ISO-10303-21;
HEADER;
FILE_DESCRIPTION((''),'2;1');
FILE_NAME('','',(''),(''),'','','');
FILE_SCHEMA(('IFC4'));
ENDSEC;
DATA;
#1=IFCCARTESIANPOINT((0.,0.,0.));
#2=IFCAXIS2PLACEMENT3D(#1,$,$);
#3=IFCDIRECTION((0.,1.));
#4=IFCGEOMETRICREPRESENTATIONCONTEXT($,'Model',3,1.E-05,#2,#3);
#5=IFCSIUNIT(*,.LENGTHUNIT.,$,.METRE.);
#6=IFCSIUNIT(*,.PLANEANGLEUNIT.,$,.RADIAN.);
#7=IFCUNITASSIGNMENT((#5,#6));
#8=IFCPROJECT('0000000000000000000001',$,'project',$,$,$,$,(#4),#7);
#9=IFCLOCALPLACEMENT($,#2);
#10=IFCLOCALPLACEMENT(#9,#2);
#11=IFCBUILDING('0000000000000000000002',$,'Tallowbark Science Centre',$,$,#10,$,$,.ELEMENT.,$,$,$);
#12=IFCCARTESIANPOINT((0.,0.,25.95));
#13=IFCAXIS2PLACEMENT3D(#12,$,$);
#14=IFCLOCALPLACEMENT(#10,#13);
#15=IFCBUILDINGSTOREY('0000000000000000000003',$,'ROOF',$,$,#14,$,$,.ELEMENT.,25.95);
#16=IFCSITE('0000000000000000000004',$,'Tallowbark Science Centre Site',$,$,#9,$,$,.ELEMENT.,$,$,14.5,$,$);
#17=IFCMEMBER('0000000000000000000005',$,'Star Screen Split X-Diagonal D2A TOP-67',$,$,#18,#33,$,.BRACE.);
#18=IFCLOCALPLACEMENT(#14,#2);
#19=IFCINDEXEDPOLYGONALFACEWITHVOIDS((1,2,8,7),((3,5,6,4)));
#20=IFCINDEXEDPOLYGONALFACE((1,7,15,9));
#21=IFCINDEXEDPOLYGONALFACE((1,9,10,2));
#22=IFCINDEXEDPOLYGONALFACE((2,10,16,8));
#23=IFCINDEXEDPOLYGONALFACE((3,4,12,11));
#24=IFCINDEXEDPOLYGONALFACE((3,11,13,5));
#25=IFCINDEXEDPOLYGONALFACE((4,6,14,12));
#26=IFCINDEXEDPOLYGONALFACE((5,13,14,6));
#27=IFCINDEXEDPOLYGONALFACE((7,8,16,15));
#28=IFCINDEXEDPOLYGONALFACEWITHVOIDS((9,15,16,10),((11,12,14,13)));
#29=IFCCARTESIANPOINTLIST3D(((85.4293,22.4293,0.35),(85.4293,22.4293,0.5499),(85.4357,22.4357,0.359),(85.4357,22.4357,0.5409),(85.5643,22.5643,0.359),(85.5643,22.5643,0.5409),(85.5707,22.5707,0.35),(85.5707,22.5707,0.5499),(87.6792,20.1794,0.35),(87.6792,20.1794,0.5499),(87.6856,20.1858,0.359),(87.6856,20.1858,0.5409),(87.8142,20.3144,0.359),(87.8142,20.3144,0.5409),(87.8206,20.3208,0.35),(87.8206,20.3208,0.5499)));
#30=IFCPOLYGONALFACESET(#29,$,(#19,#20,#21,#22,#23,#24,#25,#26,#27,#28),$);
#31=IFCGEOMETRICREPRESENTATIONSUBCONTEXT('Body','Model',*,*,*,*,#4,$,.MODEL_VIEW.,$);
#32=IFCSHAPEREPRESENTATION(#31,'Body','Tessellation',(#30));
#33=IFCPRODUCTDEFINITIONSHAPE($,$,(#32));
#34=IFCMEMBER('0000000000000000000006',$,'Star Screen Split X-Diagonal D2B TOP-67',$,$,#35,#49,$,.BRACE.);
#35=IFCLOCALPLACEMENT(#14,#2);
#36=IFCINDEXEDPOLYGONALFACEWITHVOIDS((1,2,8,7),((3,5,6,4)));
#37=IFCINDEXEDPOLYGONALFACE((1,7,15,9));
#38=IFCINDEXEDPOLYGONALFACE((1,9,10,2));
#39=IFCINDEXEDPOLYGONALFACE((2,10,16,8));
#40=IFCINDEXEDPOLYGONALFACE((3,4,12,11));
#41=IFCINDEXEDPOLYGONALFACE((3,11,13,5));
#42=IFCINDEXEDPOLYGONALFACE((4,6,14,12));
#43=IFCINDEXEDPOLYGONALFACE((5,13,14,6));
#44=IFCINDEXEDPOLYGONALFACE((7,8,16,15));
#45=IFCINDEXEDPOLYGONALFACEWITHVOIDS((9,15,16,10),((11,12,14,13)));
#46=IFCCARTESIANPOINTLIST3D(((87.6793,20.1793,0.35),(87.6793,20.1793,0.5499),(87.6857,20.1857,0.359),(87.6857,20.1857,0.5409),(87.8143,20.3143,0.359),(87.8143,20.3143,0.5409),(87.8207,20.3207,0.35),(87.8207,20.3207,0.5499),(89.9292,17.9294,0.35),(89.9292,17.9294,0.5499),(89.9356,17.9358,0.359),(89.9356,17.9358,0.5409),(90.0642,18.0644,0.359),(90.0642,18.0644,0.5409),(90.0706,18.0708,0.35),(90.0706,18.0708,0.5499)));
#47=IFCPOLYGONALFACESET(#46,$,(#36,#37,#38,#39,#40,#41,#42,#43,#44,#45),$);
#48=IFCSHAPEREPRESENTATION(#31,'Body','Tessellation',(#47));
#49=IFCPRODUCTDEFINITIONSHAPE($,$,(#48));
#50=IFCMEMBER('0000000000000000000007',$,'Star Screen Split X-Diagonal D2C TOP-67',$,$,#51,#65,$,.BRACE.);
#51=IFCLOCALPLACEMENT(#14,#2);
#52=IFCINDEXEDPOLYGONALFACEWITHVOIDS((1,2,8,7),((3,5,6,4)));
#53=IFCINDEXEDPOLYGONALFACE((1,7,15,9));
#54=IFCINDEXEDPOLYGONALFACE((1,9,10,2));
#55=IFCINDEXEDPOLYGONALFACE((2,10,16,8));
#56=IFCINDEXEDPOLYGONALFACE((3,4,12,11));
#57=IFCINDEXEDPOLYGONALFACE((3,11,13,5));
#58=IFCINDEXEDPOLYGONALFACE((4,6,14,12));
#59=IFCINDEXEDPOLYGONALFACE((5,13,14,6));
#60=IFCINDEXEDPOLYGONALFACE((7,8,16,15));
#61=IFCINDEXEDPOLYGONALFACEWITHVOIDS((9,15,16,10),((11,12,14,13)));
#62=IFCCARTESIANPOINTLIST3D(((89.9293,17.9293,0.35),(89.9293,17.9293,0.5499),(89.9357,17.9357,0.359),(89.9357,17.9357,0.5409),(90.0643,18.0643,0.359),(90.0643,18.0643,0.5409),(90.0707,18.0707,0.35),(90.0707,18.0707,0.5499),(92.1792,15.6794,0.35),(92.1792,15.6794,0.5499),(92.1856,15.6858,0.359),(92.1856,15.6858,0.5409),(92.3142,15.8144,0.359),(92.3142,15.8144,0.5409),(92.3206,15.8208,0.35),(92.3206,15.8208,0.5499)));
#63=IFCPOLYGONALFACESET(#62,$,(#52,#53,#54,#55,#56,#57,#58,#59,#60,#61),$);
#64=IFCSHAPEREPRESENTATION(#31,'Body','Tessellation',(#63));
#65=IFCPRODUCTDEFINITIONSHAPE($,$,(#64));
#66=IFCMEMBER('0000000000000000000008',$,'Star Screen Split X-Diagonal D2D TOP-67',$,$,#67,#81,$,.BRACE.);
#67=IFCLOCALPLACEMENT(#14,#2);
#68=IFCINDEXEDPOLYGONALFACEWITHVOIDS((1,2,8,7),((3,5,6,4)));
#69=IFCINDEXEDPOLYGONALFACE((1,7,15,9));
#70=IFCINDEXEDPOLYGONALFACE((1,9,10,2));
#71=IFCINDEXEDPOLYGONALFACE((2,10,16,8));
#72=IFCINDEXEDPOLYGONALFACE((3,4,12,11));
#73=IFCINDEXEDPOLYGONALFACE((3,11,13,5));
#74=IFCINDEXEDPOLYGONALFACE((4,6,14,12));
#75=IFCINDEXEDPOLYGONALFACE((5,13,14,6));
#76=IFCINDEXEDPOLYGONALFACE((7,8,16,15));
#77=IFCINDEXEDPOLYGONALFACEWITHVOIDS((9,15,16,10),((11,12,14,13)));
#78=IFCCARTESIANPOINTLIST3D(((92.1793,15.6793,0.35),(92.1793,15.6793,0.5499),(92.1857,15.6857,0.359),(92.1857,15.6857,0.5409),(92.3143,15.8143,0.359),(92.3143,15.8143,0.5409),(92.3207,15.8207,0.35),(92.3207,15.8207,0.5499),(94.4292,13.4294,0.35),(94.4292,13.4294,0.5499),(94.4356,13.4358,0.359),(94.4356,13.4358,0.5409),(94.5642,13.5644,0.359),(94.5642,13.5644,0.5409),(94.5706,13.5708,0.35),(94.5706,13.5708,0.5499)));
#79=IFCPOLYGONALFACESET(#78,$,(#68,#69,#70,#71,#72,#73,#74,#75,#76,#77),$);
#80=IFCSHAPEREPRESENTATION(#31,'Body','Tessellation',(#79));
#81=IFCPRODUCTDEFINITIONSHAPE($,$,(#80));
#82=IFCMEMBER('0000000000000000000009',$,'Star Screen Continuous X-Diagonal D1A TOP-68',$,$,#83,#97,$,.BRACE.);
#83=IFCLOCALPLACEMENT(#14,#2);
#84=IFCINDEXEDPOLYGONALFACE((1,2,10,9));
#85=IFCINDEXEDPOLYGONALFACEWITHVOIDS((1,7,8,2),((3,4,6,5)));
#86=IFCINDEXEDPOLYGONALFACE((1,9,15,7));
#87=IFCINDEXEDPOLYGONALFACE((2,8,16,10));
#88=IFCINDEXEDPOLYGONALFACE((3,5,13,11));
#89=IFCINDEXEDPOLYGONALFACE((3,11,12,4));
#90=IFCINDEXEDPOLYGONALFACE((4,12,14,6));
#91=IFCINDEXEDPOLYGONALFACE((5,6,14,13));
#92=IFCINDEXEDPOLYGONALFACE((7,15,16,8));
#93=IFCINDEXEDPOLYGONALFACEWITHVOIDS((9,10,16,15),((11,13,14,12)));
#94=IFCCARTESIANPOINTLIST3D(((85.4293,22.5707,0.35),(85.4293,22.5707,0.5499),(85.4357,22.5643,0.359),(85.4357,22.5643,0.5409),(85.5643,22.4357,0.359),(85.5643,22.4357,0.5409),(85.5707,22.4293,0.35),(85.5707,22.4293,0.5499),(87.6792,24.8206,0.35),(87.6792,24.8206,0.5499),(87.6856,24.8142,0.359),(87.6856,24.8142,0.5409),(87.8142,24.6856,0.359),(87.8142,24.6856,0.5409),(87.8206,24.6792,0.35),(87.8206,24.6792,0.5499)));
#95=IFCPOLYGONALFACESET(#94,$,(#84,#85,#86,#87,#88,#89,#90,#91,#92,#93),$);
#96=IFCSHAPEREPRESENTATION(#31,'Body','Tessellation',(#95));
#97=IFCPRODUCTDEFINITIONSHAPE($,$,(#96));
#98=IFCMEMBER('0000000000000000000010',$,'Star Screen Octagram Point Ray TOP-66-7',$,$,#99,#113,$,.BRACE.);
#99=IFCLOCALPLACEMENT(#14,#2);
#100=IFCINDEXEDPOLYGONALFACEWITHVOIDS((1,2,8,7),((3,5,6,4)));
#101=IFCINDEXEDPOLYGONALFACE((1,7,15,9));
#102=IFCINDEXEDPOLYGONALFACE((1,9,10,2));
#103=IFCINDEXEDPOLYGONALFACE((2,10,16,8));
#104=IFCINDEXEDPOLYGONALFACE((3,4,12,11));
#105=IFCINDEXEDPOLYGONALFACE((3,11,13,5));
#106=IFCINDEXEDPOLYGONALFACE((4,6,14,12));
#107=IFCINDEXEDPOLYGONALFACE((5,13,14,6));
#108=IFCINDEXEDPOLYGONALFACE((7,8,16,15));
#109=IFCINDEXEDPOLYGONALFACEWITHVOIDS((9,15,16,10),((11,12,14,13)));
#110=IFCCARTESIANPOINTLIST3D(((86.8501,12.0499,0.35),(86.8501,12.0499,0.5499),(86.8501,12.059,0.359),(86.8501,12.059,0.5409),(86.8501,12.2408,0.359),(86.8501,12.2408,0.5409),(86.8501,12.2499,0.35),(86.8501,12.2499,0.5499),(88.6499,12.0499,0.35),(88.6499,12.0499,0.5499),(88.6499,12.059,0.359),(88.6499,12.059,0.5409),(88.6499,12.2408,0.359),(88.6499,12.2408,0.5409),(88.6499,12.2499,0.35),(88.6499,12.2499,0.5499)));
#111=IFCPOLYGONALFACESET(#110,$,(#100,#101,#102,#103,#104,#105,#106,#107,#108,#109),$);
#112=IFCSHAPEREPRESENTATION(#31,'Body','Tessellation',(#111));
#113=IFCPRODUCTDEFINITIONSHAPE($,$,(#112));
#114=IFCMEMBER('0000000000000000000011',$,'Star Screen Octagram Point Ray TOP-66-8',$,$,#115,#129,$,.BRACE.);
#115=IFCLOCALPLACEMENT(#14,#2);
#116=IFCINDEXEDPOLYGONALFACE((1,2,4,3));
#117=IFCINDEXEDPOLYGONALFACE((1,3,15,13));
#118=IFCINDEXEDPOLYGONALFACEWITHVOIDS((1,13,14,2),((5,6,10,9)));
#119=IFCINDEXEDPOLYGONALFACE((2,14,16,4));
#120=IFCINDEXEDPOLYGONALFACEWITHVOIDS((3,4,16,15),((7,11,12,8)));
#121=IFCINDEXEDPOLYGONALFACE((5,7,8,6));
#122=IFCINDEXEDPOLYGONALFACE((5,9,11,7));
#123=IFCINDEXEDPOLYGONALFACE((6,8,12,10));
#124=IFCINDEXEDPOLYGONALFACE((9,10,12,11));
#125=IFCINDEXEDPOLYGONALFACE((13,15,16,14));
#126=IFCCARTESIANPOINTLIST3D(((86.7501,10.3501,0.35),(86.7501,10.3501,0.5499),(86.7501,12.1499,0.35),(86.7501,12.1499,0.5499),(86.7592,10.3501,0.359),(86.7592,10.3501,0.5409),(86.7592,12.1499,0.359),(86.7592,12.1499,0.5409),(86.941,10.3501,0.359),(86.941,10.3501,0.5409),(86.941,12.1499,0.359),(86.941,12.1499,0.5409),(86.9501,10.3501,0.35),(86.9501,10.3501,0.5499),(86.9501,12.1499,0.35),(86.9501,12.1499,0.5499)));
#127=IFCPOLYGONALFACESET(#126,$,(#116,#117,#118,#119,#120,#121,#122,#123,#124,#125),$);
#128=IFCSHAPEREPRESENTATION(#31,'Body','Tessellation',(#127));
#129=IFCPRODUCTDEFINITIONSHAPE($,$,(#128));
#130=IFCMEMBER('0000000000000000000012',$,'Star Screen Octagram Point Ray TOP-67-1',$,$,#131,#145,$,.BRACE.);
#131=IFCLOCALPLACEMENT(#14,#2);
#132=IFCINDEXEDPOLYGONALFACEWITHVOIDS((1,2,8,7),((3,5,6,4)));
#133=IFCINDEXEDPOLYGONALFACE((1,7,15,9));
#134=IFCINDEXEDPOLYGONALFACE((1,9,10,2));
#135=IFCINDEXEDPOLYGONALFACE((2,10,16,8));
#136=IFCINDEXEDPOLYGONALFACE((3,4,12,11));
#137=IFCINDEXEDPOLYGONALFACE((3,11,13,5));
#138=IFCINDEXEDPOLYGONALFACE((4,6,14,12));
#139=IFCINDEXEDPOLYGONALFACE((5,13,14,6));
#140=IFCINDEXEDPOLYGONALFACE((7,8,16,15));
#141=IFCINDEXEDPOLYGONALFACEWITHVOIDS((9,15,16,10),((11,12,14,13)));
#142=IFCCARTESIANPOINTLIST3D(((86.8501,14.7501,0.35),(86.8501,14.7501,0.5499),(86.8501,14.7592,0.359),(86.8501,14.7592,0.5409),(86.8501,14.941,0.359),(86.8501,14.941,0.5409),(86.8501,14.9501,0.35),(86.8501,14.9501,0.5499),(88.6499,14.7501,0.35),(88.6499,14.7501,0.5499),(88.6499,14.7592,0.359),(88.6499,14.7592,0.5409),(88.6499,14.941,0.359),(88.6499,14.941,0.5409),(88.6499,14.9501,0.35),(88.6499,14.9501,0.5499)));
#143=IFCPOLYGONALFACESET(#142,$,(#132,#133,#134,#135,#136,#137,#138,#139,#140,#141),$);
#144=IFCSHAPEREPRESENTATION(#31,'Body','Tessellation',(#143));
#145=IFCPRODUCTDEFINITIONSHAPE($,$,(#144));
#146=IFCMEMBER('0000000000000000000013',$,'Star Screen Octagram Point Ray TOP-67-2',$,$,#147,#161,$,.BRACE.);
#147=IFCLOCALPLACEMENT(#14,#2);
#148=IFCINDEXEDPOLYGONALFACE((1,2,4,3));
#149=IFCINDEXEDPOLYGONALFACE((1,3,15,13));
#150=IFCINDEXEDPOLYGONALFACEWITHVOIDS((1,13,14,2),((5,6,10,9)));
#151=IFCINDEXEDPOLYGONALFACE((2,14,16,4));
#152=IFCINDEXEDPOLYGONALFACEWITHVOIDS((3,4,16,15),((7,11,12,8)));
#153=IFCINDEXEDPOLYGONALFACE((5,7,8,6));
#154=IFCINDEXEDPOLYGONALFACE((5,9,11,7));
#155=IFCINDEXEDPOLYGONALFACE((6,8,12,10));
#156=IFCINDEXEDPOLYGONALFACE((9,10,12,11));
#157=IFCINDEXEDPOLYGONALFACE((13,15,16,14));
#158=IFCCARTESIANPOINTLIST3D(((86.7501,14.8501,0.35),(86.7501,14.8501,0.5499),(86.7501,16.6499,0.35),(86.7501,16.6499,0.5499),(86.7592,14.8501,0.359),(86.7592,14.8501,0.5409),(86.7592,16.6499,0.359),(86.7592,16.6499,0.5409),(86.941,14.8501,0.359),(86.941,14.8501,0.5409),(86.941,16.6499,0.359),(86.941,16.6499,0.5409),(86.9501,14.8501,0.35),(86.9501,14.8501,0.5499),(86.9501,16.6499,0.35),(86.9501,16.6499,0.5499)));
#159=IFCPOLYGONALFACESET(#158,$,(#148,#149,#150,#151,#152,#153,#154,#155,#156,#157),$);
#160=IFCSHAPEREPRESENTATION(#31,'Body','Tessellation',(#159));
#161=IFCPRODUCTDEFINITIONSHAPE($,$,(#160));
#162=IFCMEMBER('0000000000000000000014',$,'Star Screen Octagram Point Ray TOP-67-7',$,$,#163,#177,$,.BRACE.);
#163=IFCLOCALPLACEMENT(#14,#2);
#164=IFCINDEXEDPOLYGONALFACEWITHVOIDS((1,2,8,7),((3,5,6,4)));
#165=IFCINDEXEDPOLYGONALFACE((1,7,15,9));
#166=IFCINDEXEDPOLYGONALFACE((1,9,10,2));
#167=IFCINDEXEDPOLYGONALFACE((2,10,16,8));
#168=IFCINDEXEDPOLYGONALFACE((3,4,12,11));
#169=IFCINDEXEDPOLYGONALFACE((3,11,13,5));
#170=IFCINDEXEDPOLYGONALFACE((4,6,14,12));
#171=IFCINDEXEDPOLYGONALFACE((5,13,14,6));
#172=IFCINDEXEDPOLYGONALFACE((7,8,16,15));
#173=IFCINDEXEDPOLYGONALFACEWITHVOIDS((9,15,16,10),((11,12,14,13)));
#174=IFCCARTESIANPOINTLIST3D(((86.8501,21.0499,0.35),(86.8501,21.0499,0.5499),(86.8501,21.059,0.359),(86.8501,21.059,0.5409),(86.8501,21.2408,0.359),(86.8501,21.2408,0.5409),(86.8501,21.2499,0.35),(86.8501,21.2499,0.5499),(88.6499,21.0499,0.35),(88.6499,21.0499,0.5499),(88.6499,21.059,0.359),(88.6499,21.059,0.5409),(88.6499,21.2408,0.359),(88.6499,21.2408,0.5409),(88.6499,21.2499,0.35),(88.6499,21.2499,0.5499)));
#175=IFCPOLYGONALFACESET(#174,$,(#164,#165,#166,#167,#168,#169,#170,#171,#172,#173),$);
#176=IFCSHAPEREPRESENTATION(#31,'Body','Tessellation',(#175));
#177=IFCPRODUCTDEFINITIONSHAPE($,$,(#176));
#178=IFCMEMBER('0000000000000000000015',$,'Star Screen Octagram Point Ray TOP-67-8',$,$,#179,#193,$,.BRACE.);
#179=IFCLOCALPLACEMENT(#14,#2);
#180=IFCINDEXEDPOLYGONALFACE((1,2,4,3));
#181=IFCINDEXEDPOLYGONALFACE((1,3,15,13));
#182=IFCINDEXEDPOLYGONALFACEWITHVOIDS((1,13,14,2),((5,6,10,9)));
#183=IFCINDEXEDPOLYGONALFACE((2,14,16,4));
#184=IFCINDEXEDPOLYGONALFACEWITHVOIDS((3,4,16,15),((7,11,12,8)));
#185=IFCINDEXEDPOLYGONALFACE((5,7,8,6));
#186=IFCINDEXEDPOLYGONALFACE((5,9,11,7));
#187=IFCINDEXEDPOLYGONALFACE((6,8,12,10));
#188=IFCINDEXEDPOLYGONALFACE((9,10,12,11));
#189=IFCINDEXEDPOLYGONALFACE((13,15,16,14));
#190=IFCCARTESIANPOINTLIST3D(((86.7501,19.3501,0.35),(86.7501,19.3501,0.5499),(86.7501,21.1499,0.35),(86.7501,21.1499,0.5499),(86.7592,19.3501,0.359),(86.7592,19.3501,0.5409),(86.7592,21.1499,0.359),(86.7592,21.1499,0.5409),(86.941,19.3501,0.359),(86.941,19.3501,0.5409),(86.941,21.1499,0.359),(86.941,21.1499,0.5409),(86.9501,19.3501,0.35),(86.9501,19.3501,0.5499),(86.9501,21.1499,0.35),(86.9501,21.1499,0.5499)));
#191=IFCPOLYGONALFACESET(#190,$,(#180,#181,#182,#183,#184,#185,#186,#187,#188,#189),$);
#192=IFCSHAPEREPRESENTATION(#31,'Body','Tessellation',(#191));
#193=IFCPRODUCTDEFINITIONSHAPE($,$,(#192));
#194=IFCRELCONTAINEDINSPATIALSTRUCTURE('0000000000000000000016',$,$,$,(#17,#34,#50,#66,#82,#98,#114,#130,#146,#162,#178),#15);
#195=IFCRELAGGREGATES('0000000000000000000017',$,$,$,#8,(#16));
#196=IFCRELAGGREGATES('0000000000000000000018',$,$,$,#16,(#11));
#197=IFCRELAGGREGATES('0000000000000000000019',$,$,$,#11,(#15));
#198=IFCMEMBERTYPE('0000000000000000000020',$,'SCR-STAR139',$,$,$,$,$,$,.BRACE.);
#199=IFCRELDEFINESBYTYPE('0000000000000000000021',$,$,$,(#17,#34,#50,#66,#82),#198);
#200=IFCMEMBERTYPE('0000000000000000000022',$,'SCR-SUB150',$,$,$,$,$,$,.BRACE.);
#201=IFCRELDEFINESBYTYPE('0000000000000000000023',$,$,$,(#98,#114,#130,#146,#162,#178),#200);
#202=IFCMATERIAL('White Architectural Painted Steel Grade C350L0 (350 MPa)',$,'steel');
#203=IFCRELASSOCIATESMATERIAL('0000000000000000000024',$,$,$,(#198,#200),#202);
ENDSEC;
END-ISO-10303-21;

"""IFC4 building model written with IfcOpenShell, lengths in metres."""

from ifc_helpers import new_model, si_unit, direction, frame, origin, origin_2d, place, context, subcontext, project, spatial, hollow_rectangle, extrude, material, material_profile, profile_set, type_object, element, save


model = new_model("IFC4")

# Units and contexts
model_context = context("Model", 3, precision=1e-05, world=origin(), true_north=direction((0.0, 1.0)))
body_context = subcontext(model_context, "Body", "Model", "MODEL_VIEW")
ifc_project = project(units=[si_unit("LENGTHUNIT", "METRE"), si_unit("PLANEANGLEUNIT", "RADIAN")], contexts=[model_context])

# Site, building, storey
site_placement = place(None, origin())
site = spatial("IfcSite", under=ifc_project, at=site_placement, Name="Tallowbark Science Centre Site", CompositionType="ELEMENT", RefElevation=14.5)
building_placement = place(site_placement, origin())
building = spatial("IfcBuilding", under=site, at=building_placement, Name="Tallowbark Science Centre", CompositionType="ELEMENT")
storey_placement = place(building_placement, frame((0.0, 0.0, 25.95)))
storey = spatial("IfcBuildingStorey", under=building, at=storey_placement, Name="ROOF", CompositionType="ELEMENT", Elevation=25.95)

# Members
ifc_material_1 = material(Name="White Architectural Painted Steel Grade C350L0 (350 MPa)", Category="steel")
ifc_material_profile_1 = material_profile(ifc_material_1, hollow_rectangle(XDim=0.2, YDim=0.2, WallThickness=0.009, at=origin_2d()), Name="200x200x9.0SHS")
ifc_profile_set_1 = profile_set([ifc_material_profile_1], Name="White Architectural Painted Steel Grade C350L0 (350 MPa)")
member_type_1 = type_object("IfcMemberType", Name="SCR-STAR139", PredefinedType="BRACE", material=ifc_profile_set_1)
for number, where, z_axis, x_axis, name in (
    (1, (85.5, 22.5, 0.45), (0.707107, -0.707107, 0.0), (0.707107, 0.707107, 0.0), "Star Screen Split X-Diagonal D2A TOP-67"),
    (2, (87.75, 20.25, 0.45), (0.707107, -0.707107, 0.0), (0.707107, 0.707107, 0.0), "Star Screen Split X-Diagonal D2B TOP-67"),
    (3, (90.0, 18.0, 0.45), (0.707107, -0.707107, 0.0), (0.707107, 0.707107, 0.0), "Star Screen Split X-Diagonal D2C TOP-67"),
    (4, (92.25, 15.75, 0.45), (0.707107, -0.707107, 0.0), (0.707107, 0.707107, 0.0), "Star Screen Split X-Diagonal D2D TOP-67"),
    (5, (85.5, 22.5, 0.45), (0.707107, 0.707107, 0.0), (-0.707107, 0.707107, 0.0), "Star Screen Continuous X-Diagonal D1A TOP-68"),
):
    element("IfcMember", number, at=place(storey_placement, frame(where, z_axis=z_axis, x_axis=x_axis)), inside=storey, type_object=member_type_1, Name=name, PredefinedType="BRACE", context=body_context, shape_type="SweptSolid", body=[
        extrude(hollow_rectangle(XDim=0.2, YDim=0.2, WallThickness=0.009, at=origin_2d()), origin(), (0.0, 0.0, 1.0), 3.1819),
    ])
ifc_material_profile_2 = material_profile(ifc_material_1, hollow_rectangle(XDim=0.2, YDim=0.2, WallThickness=0.009, at=origin_2d()), Name="200x200x9.0SHS")
ifc_profile_set_2 = profile_set([ifc_material_profile_2], Name="White Architectural Painted Steel Grade C350L0 (350 MPa)")
member_type_2 = type_object("IfcMemberType", Name="SCR-SUB150", PredefinedType="BRACE", material=ifc_profile_set_2)
for number, where, z_axis, x_axis, name in (
    (6, (86.8501, 12.1499, 0.45), (1.0, 0.0, 0.0), (0.0, 1.0, 0.0), "Star Screen Octagram Point Ray TOP-66-7"),
    (7, (86.8501, 12.1499, 0.45), (0.0, -1.0, 0.0), (1.0, 0.0, 0.0), "Star Screen Octagram Point Ray TOP-66-8"),
    (8, (86.8501, 14.8501, 0.45), (1.0, 0.0, 0.0), (0.0, 1.0, 0.0), "Star Screen Octagram Point Ray TOP-67-1"),
    (9, (86.8501, 14.8501, 0.45), (0.0, 1.0, 0.0), (-1.0, 0.0, 0.0), "Star Screen Octagram Point Ray TOP-67-2"),
    (10, (86.8501, 21.1499, 0.45), (1.0, 0.0, 0.0), (0.0, 1.0, 0.0), "Star Screen Octagram Point Ray TOP-67-7"),
    (11, (86.8501, 21.1499, 0.45), (0.0, -1.0, 0.0), (1.0, 0.0, 0.0), "Star Screen Octagram Point Ray TOP-67-8"),
):
    element("IfcMember", number, at=place(storey_placement, frame(where, z_axis=z_axis, x_axis=x_axis)), inside=storey, type_object=member_type_2, Name=name, PredefinedType="BRACE", context=body_context, shape_type="SweptSolid", body=[
        extrude(hollow_rectangle(XDim=0.2, YDim=0.2, WallThickness=0.009, at=origin_2d()), origin(), (0.0, 0.0, 1.0), 1.7998),
    ])

save(model, "model.ifc")
